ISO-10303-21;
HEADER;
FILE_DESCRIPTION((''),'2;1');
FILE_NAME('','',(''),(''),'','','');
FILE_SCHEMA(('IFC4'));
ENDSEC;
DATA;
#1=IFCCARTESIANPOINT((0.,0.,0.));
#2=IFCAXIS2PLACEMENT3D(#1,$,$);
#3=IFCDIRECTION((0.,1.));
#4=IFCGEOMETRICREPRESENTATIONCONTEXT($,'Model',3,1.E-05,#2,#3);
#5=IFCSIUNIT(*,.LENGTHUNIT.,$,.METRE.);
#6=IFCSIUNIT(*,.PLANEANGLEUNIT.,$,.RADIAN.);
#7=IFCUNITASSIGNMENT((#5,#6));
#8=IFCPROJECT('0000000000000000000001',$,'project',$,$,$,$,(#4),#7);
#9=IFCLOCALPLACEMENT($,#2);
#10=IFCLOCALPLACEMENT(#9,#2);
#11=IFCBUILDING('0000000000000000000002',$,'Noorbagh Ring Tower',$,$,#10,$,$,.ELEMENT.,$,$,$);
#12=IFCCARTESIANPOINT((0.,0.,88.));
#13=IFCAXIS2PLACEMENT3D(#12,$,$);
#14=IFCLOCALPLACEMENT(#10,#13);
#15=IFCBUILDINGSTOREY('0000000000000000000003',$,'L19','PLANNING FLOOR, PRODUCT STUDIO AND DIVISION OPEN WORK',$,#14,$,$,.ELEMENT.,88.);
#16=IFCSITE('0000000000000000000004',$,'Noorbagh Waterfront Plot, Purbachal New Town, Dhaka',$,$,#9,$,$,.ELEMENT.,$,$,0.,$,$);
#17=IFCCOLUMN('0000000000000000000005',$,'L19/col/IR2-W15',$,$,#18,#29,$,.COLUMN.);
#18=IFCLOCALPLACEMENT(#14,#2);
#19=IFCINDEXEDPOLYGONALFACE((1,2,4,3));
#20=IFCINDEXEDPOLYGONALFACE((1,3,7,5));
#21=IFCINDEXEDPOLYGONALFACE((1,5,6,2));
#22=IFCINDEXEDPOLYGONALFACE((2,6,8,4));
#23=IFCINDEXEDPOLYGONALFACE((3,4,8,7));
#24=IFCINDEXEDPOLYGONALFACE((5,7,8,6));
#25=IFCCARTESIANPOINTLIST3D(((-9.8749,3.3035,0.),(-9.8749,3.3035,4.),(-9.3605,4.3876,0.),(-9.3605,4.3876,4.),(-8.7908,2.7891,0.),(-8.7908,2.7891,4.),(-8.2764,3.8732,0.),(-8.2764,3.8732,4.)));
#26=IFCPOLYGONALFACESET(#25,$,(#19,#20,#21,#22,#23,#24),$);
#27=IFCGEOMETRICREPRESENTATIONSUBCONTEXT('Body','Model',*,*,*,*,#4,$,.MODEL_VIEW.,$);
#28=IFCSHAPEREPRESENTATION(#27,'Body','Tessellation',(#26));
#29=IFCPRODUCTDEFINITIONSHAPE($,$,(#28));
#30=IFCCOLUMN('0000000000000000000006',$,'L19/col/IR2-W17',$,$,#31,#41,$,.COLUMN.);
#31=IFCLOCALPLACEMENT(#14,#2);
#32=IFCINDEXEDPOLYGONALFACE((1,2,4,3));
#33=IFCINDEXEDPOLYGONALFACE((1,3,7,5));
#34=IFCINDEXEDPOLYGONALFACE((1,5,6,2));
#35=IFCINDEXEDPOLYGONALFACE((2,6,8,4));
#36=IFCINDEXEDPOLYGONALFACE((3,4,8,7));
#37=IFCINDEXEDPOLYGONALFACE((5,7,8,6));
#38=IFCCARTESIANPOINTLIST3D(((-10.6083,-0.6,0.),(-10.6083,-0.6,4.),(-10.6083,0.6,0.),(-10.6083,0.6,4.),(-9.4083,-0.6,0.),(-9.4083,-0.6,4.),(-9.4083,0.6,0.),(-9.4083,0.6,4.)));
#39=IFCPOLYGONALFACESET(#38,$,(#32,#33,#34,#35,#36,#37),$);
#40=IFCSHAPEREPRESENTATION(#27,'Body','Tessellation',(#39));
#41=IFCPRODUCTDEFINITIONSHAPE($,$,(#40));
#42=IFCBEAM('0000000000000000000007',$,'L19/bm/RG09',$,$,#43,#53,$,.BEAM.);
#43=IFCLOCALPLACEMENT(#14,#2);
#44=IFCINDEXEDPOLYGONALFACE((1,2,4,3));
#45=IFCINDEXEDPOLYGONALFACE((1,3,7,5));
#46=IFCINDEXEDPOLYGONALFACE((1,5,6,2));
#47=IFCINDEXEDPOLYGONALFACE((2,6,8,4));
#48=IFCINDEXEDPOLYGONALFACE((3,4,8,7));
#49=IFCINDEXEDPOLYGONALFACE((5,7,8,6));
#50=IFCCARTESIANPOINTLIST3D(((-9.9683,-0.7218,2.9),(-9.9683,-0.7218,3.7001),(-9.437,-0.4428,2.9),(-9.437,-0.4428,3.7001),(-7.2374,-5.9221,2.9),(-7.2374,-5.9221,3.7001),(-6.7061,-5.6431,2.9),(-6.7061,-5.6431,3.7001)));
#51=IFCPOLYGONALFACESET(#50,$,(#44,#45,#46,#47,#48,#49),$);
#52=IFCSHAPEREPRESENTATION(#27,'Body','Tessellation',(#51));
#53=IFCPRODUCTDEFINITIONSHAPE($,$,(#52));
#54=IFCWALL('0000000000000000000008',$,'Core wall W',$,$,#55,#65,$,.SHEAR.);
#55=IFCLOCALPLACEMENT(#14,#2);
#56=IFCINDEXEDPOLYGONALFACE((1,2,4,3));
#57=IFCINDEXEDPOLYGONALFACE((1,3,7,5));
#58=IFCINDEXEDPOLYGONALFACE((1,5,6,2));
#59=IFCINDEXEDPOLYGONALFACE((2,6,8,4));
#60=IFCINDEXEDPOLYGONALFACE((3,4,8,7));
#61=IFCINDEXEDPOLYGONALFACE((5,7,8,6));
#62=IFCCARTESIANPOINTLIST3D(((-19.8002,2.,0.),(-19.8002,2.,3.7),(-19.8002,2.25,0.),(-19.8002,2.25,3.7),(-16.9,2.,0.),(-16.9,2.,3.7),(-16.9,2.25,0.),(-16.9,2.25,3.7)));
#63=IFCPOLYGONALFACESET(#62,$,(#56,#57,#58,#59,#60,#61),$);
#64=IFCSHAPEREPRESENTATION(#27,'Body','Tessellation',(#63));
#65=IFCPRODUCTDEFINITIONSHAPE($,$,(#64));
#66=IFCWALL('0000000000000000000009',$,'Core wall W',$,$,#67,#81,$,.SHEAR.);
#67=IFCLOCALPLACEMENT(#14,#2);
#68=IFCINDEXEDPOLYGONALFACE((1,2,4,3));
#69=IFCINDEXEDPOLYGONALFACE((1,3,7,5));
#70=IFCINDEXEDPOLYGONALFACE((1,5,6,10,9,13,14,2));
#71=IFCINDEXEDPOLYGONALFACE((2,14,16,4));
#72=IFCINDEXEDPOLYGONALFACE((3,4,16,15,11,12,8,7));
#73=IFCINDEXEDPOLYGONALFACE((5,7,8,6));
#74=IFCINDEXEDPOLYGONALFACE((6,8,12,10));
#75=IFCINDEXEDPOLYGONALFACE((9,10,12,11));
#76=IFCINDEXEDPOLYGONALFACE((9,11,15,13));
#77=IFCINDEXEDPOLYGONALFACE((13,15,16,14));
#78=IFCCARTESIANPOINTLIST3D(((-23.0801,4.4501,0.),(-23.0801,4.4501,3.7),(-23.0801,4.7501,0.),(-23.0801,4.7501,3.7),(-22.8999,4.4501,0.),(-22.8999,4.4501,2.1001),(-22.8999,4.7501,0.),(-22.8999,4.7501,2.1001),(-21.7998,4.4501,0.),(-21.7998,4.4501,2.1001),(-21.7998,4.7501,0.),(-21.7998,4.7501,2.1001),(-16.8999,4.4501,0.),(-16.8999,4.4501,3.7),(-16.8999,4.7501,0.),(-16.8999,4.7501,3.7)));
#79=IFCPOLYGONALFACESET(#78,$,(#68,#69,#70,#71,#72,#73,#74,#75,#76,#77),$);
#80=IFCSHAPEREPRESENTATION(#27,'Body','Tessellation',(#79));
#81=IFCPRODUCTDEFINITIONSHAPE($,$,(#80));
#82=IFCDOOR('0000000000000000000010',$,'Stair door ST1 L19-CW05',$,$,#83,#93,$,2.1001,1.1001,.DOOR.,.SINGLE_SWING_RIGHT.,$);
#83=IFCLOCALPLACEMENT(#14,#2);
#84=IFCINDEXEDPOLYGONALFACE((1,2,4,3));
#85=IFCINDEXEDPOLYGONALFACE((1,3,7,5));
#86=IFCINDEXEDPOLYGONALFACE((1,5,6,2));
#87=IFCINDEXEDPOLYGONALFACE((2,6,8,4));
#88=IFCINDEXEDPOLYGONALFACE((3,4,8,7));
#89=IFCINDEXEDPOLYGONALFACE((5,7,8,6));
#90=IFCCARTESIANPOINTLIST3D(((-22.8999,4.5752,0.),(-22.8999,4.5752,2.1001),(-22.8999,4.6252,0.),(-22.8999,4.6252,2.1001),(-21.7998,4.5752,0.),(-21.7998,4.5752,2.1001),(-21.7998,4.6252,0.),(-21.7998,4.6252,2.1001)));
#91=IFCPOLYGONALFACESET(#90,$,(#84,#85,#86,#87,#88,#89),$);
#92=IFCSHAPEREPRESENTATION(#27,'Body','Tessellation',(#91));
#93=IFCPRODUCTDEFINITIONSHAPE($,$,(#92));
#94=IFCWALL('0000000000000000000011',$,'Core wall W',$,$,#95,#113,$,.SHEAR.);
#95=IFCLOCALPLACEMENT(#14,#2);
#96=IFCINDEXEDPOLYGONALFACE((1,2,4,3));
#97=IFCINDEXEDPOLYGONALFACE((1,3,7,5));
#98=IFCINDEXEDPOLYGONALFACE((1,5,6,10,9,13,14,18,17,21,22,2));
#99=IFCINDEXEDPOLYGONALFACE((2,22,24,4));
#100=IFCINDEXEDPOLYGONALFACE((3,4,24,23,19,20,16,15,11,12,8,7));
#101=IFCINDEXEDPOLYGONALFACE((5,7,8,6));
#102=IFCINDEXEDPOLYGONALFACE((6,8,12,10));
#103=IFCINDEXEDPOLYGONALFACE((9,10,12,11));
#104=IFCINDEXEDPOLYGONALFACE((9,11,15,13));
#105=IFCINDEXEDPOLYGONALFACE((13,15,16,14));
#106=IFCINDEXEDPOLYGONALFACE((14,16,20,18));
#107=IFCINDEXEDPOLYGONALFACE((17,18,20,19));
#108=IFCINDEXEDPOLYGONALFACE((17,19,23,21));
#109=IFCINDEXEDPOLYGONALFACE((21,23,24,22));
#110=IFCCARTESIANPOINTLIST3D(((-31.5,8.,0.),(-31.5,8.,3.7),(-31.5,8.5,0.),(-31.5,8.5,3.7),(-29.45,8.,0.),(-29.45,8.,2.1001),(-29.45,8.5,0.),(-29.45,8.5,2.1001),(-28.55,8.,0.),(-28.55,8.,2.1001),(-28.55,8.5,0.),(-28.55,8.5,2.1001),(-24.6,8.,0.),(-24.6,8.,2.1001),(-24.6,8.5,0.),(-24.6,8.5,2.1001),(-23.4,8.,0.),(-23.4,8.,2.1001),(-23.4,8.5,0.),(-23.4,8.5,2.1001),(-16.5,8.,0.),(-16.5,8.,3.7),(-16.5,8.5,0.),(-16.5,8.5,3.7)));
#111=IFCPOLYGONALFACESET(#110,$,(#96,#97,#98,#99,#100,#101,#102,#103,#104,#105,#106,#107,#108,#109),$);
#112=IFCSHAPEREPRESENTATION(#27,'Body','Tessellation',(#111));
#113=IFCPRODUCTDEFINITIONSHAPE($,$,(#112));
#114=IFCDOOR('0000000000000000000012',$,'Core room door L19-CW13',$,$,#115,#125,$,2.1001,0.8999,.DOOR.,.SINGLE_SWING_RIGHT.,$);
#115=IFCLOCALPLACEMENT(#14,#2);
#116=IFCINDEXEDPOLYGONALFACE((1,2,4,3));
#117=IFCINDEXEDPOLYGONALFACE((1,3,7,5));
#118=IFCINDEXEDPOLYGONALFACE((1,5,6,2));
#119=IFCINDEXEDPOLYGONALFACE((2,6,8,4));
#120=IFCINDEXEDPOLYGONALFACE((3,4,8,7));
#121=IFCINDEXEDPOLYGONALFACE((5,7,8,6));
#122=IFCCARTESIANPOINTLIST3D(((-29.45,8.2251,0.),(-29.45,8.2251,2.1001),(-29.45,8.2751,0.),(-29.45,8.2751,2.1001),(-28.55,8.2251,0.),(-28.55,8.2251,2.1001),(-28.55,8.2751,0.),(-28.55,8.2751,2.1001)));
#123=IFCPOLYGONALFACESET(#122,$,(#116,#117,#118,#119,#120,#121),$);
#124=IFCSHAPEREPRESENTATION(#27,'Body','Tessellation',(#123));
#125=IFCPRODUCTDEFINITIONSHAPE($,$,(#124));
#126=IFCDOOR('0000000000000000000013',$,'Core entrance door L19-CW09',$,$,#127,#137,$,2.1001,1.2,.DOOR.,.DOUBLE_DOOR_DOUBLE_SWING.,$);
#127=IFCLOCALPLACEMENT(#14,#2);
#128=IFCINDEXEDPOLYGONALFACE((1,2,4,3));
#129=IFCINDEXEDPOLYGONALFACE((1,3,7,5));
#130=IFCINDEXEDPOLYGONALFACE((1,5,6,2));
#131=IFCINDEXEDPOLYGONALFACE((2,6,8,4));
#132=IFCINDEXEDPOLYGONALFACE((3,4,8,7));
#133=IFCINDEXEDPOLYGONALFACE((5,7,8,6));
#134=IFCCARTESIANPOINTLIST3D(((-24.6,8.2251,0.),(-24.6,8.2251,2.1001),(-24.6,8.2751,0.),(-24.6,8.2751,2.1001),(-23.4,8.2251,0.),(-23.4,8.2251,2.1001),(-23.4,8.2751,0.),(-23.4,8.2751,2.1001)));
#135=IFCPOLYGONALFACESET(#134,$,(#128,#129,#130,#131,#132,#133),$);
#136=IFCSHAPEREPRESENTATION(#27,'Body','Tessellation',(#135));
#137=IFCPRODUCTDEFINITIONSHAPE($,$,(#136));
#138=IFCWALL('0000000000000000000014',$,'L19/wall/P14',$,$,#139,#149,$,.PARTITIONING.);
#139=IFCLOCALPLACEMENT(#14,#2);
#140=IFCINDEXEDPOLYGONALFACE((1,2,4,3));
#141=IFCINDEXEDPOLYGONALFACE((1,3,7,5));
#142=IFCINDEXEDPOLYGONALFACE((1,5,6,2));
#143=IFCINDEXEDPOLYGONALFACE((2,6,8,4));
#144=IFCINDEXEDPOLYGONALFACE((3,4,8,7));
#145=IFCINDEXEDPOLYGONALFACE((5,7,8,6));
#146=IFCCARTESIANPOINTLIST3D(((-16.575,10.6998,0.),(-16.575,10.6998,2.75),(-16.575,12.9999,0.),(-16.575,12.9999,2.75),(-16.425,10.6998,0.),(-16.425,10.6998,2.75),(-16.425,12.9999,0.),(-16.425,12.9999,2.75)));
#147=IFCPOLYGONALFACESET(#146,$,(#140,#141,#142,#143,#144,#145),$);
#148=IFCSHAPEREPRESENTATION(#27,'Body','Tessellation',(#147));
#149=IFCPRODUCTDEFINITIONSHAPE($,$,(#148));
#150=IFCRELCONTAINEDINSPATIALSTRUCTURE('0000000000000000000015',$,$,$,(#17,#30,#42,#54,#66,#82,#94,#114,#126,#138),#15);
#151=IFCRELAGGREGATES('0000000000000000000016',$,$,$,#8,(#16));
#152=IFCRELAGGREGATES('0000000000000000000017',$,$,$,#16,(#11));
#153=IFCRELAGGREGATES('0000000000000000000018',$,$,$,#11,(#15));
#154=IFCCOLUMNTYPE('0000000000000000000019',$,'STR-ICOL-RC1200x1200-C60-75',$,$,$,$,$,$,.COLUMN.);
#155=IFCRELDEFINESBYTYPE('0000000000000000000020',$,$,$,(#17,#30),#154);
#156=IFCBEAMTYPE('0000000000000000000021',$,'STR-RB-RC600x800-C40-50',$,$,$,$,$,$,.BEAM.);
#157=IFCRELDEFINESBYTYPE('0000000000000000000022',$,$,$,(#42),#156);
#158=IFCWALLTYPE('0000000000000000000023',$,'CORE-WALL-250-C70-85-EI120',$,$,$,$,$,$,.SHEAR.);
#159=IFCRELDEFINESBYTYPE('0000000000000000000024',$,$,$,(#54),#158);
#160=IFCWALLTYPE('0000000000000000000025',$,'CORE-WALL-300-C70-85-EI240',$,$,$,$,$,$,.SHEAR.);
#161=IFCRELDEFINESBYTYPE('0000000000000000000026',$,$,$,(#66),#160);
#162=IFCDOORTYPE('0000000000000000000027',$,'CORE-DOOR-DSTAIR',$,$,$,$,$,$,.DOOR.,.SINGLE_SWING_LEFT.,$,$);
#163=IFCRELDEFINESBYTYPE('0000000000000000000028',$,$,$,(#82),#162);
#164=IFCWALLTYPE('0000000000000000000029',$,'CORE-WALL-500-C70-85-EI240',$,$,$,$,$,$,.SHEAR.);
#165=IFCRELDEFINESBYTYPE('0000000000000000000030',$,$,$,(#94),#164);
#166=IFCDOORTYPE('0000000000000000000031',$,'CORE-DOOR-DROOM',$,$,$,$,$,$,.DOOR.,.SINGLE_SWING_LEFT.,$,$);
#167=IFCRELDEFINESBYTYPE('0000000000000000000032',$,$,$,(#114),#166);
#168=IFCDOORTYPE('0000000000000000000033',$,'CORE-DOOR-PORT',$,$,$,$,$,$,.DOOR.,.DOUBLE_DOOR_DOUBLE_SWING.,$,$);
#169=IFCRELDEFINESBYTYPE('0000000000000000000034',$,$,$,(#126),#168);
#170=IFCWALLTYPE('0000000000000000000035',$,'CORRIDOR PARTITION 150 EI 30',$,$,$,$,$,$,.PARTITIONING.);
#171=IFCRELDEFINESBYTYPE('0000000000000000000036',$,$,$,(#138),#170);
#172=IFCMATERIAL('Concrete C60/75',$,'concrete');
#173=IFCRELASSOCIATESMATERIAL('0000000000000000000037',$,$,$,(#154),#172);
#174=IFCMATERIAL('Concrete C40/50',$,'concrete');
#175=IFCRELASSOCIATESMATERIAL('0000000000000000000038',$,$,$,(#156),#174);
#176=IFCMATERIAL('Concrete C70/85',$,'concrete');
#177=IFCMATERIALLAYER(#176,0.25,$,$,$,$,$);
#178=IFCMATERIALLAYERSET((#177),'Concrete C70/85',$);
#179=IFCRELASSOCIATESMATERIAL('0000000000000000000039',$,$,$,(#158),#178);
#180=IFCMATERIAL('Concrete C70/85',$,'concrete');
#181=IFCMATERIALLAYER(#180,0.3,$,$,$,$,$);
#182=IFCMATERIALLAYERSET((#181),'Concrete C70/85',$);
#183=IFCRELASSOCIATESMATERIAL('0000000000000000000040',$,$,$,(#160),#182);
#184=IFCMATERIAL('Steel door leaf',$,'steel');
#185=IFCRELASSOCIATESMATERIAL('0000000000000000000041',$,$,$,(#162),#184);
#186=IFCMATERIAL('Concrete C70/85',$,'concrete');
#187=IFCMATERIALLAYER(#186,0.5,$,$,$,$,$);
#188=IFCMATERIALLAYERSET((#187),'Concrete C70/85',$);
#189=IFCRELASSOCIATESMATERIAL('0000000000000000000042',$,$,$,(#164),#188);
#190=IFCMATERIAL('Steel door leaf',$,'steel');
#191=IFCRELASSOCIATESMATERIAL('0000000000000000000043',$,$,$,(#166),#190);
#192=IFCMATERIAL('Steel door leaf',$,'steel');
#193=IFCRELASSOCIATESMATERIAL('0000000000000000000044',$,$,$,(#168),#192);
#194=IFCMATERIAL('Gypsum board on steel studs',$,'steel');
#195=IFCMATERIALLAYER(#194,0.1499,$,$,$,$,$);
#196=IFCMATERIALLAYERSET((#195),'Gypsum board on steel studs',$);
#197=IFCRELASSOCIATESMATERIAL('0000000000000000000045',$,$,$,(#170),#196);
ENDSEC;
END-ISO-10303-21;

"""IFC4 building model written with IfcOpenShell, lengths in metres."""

from ifc_helpers import new_model, si_unit, direction, frame, frame_2d, origin, origin_2d, place, context, subcontext, project, spatial, rectangle, extrude, material, layer, layer_set, material_profile, profile_set, type_object, element, fill, save


model = new_model("IFC4")

# Units and contexts
model_context = context("Model", 3, precision=1e-05, world=origin(), true_north=direction((0.0, 1.0)))
body_context = subcontext(model_context, "Body", "Model", "MODEL_VIEW")
ifc_project = project(units=[si_unit("LENGTHUNIT", "METRE"), si_unit("PLANEANGLEUNIT", "RADIAN")], contexts=[model_context])

# Site, building, storey
site_placement = place(None, origin())
site = spatial("IfcSite", under=ifc_project, at=site_placement, Name="Noorbagh Waterfront Plot, Purbachal New Town, Dhaka", CompositionType="ELEMENT", RefElevation=0.0)
building_placement = place(site_placement, origin())
building = spatial("IfcBuilding", under=site, at=building_placement, Name="Noorbagh Ring Tower", CompositionType="ELEMENT")
storey_placement = place(building_placement, frame((0.0, 0.0, 88.0)))
storey = spatial("IfcBuildingStorey", under=building, at=storey_placement, Name="L19", Description="PLANNING FLOOR, PRODUCT STUDIO AND DIVISION OPEN WORK", CompositionType="ELEMENT", Elevation=88.0)

# Columns
ifc_material_1 = material(Name="Concrete C60/75", Category="concrete")
ifc_material_profile_1 = material_profile(ifc_material_1, rectangle(XDim=1.2, YDim=1.2, at=origin_2d()), Name="RC1200x1200")
ifc_profile_set_1 = profile_set([ifc_material_profile_1], Name="Concrete C60/75")
column_type = type_object("IfcColumnType", Name="STR-ICOL-RC1200x1200-C60-75", PredefinedType="COLUMN", material=ifc_profile_set_1)
for number, where, z_axis, x_axis, name in (
    (1, (-9.0757, 3.5884, 0.0), (0.0, 0.0, 1.0), (-0.428667, -0.903463, 0.0), "L19/col/IR2-W15"),
    (2, (-10.0083, 0.0, 0.0), (0.0, 0.0, 1.0), (0.0, -1.0, 0.0), "L19/col/IR2-W17"),
):
    element("IfcColumn", number, at=place(storey_placement, frame(where, z_axis=z_axis, x_axis=x_axis)), inside=storey, type_object=column_type, Name=name, PredefinedType="COLUMN", context=body_context, shape_type="SweptSolid", body=[
        extrude(rectangle(XDim=1.2, YDim=1.2, at=origin_2d()), origin(), (0.0, 0.0, 1.0), 4.0),
    ])

# Beam
ifc_material_2 = material(Name="Concrete C40/50", Category="concrete")
ifc_material_profile_2 = material_profile(ifc_material_2, rectangle(XDim=0.6001, YDim=0.8, at=origin_2d()), Name="RC600x800")
ifc_profile_set_2 = profile_set([ifc_material_profile_2], Name="Concrete C40/50")
beam_type = type_object("IfcBeamType", Name="STR-RB-RC600x800-C40-50", PredefinedType="BEAM", material=ifc_profile_set_2)
beam_placement = place(storey_placement, frame((-9.7026, -0.5823, 3.3), z_axis=(0.464931, -0.885347, 0.0), x_axis=(0.885347, 0.464931, 0.0)))
element("IfcBeam", 3, at=beam_placement, inside=storey, type_object=beam_type, Name="L19/bm/RG09", PredefinedType="BEAM", context=body_context, shape_type="SweptSolid", body=[
    extrude(rectangle(XDim=0.6001, YDim=0.8, at=origin_2d()), origin(), (0.0, 0.0, 1.0), 5.8738),
])

# Wall
ifc_material_3 = material(Name="Concrete C70/85", Category="concrete")
ifc_layer_1 = layer(ifc_material_3, 0.25)
ifc_layer_set_1 = layer_set([ifc_layer_1], Name="Concrete C70/85")
wall_type_1 = type_object("IfcWallType", Name="CORE-WALL-250-C70-85-EI120", PredefinedType="SHEAR", material=ifc_layer_set_1)
wall_1_placement = place(storey_placement, frame((-16.8999, 2.125, 0.0), z_axis=(0.0, 0.0, 1.0), x_axis=(-1.0, 0.0, 0.0)))
element("IfcWall", 4, at=wall_1_placement, inside=storey, type_object=wall_type_1, Name="Core wall W", PredefinedType="SHEAR", context=body_context, shape_type="SweptSolid", body=[
    extrude(rectangle(XDim=2.9001, YDim=0.25, at=frame_2d((1.4502, 0.0))), origin(), (0.0, 0.0, 1.0), 3.7),
])

# Wall, opening, door
ifc_material_4 = material(Name="Concrete C70/85", Category="concrete")
ifc_layer_2 = layer(ifc_material_4, 0.3)
ifc_layer_set_2 = layer_set([ifc_layer_2], Name="Concrete C70/85")
wall_type_2 = type_object("IfcWallType", Name="CORE-WALL-300-C70-85-EI240", PredefinedType="SHEAR", material=ifc_layer_set_2)
wall_2_placement = place(storey_placement, frame((-16.8999, 4.6001, 0.0), z_axis=(0.0, 0.0, 1.0), x_axis=(-1.0, 0.0, 0.0)))
wall_2 = element("IfcWall", 5, at=wall_2_placement, inside=storey, type_object=wall_type_2, Name="Core wall W", PredefinedType="SHEAR", context=body_context, shape_type="SweptSolid", body=[
    extrude(rectangle(XDim=6.1802, YDim=0.3, at=frame_2d((3.0901, 0.0))), origin(), (0.0, 0.0, 1.0), 3.7),
])
opening_1_placement = place(wall_2_placement, frame((4.8999, 0.0, 0.0)))
opening_1 = element("IfcOpeningElement", 6, at=opening_1_placement, cuts=wall_2, PredefinedType="OPENING", context=body_context, shape_type="SweptSolid", body=[
    extrude(rectangle(XDim=1.1001, YDim=2.1001, at=frame_2d((0.55, 1.05))), frame((0.0, 0.1602, 0.0), z_axis=(0.0, -1.0, 0.0), x_axis=(1.0, 0.0, 0.0)), (0.0, 0.0, 1.0), 0.3201),
])
ifc_material_5 = material(Name="Steel door leaf", Category="steel")
door_type_1 = type_object("IfcDoorType", Name="CORE-DOOR-DSTAIR", OperationType="SINGLE_SWING_LEFT", PredefinedType="DOOR", material=ifc_material_5)
door_1_placement = place(opening_1_placement, origin())
door_1 = element("IfcDoor", 7, at=door_1_placement, inside=storey, type_object=door_type_1, Name="Stair door ST1 L19-CW05", OperationType="SINGLE_SWING_RIGHT", OverallHeight=2.1001, OverallWidth=1.1001, PredefinedType="DOOR", context=body_context, shape_type="SweptSolid", body=[
    extrude(rectangle(XDim=1.1001, YDim=2.1001, at=frame_2d((0.55, 1.05))), frame((0.0, 0.0249, 0.0), z_axis=(0.0, -1.0, 0.0), x_axis=(1.0, 0.0, 0.0)), (0.0, 0.0, 1.0), 0.05),
])
fill(opening_1, door_1)

# Wall, openings, doors
ifc_material_6 = material(Name="Concrete C70/85", Category="concrete")
ifc_layer_3 = layer(ifc_material_6, 0.5)
ifc_layer_set_3 = layer_set([ifc_layer_3], Name="Concrete C70/85")
wall_type_3 = type_object("IfcWallType", Name="CORE-WALL-500-C70-85-EI240", PredefinedType="SHEAR", material=ifc_layer_set_3)
wall_3_placement = place(storey_placement, frame((-16.5, 8.25, 0.0), z_axis=(0.0, 0.0, 1.0), x_axis=(-1.0, 0.0, 0.0)))
wall_3 = element("IfcWall", 8, at=wall_3_placement, inside=storey, type_object=wall_type_3, Name="Core wall W", PredefinedType="SHEAR", context=body_context, shape_type="SweptSolid", body=[
    extrude(rectangle(XDim=15.0, YDim=0.5, at=frame_2d((7.5, 0.0))), origin(), (0.0, 0.0, 1.0), 3.7),
])
opening_2_placement = place(wall_3_placement, frame((6.8999, 0.0, 0.0)))
opening_2 = element("IfcOpeningElement", 9, at=opening_2_placement, cuts=wall_3, PredefinedType="OPENING", context=body_context, shape_type="SweptSolid", body=[
    extrude(rectangle(XDim=1.2, YDim=2.1001, at=frame_2d((0.6001, 1.05))), frame((0.0, 0.26, 0.0), z_axis=(0.0, -1.0, 0.0), x_axis=(1.0, 0.0, 0.0)), (0.0, 0.0, 1.0), 0.52),
])
opening_3_placement = place(wall_3_placement, frame((12.05, 0.0, 0.0)))
opening_3 = element("IfcOpeningElement", 10, at=opening_3_placement, cuts=wall_3, PredefinedType="OPENING", context=body_context, shape_type="SweptSolid", body=[
    extrude(rectangle(XDim=0.8999, YDim=2.1001, at=frame_2d((0.45, 1.05))), frame((0.0, 0.26, 0.0), z_axis=(0.0, -1.0, 0.0), x_axis=(1.0, 0.0, 0.0)), (0.0, 0.0, 1.0), 0.52),
])
ifc_material_7 = material(Name="Steel door leaf", Category="steel")
door_type_2 = type_object("IfcDoorType", Name="CORE-DOOR-DROOM", OperationType="SINGLE_SWING_LEFT", PredefinedType="DOOR", material=ifc_material_7)
door_2_placement = place(opening_3_placement, origin())
door_2 = element("IfcDoor", 11, at=door_2_placement, inside=storey, type_object=door_type_2, Name="Core room door L19-CW13", OperationType="SINGLE_SWING_RIGHT", OverallHeight=2.1001, OverallWidth=0.8999, PredefinedType="DOOR", context=body_context, shape_type="SweptSolid", body=[
    extrude(rectangle(XDim=0.8999, YDim=2.1001, at=frame_2d((0.45, 1.05))), frame((0.0, 0.0249, 0.0), z_axis=(0.0, -1.0, 0.0), x_axis=(1.0, 0.0, 0.0)), (0.0, 0.0, 1.0), 0.05),
])
fill(opening_3, door_2)
ifc_material_8 = material(Name="Steel door leaf", Category="steel")
door_type_3 = type_object("IfcDoorType", Name="CORE-DOOR-PORT", OperationType="DOUBLE_DOOR_DOUBLE_SWING", PredefinedType="DOOR", material=ifc_material_8)
door_3_placement = place(opening_2_placement, origin())
door_3 = element("IfcDoor", 12, at=door_3_placement, inside=storey, type_object=door_type_3, Name="Core entrance door L19-CW09", OperationType="DOUBLE_DOOR_DOUBLE_SWING", OverallHeight=2.1001, OverallWidth=1.2, PredefinedType="DOOR", context=body_context, shape_type="SweptSolid", body=[
    extrude(rectangle(XDim=1.2, YDim=2.1001, at=frame_2d((0.6001, 1.05))), frame((0.0, 0.0249, 0.0), z_axis=(0.0, -1.0, 0.0), x_axis=(1.0, 0.0, 0.0)), (0.0, 0.0, 1.0), 0.05),
])
fill(opening_2, door_3)

# Wall
ifc_material_9 = material(Name="Gypsum board on steel studs", Category="steel")
ifc_layer_4 = layer(ifc_material_9, 0.1499)
ifc_layer_set_4 = layer_set([ifc_layer_4], Name="Gypsum board on steel studs")
wall_type_4 = type_object("IfcWallType", Name="CORRIDOR PARTITION 150 EI 30", PredefinedType="PARTITIONING", material=ifc_layer_set_4)
wall_4_placement = place(storey_placement, frame((-16.5, 10.7, 0.0), z_axis=(0.0, 0.0, 1.0), x_axis=(0.0, 1.0, 0.0)))
element("IfcWall", 13, at=wall_4_placement, inside=storey, type_object=wall_type_4, Name="L19/wall/P14", PredefinedType="PARTITIONING", context=body_context, shape_type="SweptSolid", body=[
    extrude(rectangle(XDim=2.3, YDim=0.1499, at=frame_2d((1.1499, 0.0))), origin(), (0.0, 0.0, 1.0), 2.75),
])

save(model, "model.ifc")
